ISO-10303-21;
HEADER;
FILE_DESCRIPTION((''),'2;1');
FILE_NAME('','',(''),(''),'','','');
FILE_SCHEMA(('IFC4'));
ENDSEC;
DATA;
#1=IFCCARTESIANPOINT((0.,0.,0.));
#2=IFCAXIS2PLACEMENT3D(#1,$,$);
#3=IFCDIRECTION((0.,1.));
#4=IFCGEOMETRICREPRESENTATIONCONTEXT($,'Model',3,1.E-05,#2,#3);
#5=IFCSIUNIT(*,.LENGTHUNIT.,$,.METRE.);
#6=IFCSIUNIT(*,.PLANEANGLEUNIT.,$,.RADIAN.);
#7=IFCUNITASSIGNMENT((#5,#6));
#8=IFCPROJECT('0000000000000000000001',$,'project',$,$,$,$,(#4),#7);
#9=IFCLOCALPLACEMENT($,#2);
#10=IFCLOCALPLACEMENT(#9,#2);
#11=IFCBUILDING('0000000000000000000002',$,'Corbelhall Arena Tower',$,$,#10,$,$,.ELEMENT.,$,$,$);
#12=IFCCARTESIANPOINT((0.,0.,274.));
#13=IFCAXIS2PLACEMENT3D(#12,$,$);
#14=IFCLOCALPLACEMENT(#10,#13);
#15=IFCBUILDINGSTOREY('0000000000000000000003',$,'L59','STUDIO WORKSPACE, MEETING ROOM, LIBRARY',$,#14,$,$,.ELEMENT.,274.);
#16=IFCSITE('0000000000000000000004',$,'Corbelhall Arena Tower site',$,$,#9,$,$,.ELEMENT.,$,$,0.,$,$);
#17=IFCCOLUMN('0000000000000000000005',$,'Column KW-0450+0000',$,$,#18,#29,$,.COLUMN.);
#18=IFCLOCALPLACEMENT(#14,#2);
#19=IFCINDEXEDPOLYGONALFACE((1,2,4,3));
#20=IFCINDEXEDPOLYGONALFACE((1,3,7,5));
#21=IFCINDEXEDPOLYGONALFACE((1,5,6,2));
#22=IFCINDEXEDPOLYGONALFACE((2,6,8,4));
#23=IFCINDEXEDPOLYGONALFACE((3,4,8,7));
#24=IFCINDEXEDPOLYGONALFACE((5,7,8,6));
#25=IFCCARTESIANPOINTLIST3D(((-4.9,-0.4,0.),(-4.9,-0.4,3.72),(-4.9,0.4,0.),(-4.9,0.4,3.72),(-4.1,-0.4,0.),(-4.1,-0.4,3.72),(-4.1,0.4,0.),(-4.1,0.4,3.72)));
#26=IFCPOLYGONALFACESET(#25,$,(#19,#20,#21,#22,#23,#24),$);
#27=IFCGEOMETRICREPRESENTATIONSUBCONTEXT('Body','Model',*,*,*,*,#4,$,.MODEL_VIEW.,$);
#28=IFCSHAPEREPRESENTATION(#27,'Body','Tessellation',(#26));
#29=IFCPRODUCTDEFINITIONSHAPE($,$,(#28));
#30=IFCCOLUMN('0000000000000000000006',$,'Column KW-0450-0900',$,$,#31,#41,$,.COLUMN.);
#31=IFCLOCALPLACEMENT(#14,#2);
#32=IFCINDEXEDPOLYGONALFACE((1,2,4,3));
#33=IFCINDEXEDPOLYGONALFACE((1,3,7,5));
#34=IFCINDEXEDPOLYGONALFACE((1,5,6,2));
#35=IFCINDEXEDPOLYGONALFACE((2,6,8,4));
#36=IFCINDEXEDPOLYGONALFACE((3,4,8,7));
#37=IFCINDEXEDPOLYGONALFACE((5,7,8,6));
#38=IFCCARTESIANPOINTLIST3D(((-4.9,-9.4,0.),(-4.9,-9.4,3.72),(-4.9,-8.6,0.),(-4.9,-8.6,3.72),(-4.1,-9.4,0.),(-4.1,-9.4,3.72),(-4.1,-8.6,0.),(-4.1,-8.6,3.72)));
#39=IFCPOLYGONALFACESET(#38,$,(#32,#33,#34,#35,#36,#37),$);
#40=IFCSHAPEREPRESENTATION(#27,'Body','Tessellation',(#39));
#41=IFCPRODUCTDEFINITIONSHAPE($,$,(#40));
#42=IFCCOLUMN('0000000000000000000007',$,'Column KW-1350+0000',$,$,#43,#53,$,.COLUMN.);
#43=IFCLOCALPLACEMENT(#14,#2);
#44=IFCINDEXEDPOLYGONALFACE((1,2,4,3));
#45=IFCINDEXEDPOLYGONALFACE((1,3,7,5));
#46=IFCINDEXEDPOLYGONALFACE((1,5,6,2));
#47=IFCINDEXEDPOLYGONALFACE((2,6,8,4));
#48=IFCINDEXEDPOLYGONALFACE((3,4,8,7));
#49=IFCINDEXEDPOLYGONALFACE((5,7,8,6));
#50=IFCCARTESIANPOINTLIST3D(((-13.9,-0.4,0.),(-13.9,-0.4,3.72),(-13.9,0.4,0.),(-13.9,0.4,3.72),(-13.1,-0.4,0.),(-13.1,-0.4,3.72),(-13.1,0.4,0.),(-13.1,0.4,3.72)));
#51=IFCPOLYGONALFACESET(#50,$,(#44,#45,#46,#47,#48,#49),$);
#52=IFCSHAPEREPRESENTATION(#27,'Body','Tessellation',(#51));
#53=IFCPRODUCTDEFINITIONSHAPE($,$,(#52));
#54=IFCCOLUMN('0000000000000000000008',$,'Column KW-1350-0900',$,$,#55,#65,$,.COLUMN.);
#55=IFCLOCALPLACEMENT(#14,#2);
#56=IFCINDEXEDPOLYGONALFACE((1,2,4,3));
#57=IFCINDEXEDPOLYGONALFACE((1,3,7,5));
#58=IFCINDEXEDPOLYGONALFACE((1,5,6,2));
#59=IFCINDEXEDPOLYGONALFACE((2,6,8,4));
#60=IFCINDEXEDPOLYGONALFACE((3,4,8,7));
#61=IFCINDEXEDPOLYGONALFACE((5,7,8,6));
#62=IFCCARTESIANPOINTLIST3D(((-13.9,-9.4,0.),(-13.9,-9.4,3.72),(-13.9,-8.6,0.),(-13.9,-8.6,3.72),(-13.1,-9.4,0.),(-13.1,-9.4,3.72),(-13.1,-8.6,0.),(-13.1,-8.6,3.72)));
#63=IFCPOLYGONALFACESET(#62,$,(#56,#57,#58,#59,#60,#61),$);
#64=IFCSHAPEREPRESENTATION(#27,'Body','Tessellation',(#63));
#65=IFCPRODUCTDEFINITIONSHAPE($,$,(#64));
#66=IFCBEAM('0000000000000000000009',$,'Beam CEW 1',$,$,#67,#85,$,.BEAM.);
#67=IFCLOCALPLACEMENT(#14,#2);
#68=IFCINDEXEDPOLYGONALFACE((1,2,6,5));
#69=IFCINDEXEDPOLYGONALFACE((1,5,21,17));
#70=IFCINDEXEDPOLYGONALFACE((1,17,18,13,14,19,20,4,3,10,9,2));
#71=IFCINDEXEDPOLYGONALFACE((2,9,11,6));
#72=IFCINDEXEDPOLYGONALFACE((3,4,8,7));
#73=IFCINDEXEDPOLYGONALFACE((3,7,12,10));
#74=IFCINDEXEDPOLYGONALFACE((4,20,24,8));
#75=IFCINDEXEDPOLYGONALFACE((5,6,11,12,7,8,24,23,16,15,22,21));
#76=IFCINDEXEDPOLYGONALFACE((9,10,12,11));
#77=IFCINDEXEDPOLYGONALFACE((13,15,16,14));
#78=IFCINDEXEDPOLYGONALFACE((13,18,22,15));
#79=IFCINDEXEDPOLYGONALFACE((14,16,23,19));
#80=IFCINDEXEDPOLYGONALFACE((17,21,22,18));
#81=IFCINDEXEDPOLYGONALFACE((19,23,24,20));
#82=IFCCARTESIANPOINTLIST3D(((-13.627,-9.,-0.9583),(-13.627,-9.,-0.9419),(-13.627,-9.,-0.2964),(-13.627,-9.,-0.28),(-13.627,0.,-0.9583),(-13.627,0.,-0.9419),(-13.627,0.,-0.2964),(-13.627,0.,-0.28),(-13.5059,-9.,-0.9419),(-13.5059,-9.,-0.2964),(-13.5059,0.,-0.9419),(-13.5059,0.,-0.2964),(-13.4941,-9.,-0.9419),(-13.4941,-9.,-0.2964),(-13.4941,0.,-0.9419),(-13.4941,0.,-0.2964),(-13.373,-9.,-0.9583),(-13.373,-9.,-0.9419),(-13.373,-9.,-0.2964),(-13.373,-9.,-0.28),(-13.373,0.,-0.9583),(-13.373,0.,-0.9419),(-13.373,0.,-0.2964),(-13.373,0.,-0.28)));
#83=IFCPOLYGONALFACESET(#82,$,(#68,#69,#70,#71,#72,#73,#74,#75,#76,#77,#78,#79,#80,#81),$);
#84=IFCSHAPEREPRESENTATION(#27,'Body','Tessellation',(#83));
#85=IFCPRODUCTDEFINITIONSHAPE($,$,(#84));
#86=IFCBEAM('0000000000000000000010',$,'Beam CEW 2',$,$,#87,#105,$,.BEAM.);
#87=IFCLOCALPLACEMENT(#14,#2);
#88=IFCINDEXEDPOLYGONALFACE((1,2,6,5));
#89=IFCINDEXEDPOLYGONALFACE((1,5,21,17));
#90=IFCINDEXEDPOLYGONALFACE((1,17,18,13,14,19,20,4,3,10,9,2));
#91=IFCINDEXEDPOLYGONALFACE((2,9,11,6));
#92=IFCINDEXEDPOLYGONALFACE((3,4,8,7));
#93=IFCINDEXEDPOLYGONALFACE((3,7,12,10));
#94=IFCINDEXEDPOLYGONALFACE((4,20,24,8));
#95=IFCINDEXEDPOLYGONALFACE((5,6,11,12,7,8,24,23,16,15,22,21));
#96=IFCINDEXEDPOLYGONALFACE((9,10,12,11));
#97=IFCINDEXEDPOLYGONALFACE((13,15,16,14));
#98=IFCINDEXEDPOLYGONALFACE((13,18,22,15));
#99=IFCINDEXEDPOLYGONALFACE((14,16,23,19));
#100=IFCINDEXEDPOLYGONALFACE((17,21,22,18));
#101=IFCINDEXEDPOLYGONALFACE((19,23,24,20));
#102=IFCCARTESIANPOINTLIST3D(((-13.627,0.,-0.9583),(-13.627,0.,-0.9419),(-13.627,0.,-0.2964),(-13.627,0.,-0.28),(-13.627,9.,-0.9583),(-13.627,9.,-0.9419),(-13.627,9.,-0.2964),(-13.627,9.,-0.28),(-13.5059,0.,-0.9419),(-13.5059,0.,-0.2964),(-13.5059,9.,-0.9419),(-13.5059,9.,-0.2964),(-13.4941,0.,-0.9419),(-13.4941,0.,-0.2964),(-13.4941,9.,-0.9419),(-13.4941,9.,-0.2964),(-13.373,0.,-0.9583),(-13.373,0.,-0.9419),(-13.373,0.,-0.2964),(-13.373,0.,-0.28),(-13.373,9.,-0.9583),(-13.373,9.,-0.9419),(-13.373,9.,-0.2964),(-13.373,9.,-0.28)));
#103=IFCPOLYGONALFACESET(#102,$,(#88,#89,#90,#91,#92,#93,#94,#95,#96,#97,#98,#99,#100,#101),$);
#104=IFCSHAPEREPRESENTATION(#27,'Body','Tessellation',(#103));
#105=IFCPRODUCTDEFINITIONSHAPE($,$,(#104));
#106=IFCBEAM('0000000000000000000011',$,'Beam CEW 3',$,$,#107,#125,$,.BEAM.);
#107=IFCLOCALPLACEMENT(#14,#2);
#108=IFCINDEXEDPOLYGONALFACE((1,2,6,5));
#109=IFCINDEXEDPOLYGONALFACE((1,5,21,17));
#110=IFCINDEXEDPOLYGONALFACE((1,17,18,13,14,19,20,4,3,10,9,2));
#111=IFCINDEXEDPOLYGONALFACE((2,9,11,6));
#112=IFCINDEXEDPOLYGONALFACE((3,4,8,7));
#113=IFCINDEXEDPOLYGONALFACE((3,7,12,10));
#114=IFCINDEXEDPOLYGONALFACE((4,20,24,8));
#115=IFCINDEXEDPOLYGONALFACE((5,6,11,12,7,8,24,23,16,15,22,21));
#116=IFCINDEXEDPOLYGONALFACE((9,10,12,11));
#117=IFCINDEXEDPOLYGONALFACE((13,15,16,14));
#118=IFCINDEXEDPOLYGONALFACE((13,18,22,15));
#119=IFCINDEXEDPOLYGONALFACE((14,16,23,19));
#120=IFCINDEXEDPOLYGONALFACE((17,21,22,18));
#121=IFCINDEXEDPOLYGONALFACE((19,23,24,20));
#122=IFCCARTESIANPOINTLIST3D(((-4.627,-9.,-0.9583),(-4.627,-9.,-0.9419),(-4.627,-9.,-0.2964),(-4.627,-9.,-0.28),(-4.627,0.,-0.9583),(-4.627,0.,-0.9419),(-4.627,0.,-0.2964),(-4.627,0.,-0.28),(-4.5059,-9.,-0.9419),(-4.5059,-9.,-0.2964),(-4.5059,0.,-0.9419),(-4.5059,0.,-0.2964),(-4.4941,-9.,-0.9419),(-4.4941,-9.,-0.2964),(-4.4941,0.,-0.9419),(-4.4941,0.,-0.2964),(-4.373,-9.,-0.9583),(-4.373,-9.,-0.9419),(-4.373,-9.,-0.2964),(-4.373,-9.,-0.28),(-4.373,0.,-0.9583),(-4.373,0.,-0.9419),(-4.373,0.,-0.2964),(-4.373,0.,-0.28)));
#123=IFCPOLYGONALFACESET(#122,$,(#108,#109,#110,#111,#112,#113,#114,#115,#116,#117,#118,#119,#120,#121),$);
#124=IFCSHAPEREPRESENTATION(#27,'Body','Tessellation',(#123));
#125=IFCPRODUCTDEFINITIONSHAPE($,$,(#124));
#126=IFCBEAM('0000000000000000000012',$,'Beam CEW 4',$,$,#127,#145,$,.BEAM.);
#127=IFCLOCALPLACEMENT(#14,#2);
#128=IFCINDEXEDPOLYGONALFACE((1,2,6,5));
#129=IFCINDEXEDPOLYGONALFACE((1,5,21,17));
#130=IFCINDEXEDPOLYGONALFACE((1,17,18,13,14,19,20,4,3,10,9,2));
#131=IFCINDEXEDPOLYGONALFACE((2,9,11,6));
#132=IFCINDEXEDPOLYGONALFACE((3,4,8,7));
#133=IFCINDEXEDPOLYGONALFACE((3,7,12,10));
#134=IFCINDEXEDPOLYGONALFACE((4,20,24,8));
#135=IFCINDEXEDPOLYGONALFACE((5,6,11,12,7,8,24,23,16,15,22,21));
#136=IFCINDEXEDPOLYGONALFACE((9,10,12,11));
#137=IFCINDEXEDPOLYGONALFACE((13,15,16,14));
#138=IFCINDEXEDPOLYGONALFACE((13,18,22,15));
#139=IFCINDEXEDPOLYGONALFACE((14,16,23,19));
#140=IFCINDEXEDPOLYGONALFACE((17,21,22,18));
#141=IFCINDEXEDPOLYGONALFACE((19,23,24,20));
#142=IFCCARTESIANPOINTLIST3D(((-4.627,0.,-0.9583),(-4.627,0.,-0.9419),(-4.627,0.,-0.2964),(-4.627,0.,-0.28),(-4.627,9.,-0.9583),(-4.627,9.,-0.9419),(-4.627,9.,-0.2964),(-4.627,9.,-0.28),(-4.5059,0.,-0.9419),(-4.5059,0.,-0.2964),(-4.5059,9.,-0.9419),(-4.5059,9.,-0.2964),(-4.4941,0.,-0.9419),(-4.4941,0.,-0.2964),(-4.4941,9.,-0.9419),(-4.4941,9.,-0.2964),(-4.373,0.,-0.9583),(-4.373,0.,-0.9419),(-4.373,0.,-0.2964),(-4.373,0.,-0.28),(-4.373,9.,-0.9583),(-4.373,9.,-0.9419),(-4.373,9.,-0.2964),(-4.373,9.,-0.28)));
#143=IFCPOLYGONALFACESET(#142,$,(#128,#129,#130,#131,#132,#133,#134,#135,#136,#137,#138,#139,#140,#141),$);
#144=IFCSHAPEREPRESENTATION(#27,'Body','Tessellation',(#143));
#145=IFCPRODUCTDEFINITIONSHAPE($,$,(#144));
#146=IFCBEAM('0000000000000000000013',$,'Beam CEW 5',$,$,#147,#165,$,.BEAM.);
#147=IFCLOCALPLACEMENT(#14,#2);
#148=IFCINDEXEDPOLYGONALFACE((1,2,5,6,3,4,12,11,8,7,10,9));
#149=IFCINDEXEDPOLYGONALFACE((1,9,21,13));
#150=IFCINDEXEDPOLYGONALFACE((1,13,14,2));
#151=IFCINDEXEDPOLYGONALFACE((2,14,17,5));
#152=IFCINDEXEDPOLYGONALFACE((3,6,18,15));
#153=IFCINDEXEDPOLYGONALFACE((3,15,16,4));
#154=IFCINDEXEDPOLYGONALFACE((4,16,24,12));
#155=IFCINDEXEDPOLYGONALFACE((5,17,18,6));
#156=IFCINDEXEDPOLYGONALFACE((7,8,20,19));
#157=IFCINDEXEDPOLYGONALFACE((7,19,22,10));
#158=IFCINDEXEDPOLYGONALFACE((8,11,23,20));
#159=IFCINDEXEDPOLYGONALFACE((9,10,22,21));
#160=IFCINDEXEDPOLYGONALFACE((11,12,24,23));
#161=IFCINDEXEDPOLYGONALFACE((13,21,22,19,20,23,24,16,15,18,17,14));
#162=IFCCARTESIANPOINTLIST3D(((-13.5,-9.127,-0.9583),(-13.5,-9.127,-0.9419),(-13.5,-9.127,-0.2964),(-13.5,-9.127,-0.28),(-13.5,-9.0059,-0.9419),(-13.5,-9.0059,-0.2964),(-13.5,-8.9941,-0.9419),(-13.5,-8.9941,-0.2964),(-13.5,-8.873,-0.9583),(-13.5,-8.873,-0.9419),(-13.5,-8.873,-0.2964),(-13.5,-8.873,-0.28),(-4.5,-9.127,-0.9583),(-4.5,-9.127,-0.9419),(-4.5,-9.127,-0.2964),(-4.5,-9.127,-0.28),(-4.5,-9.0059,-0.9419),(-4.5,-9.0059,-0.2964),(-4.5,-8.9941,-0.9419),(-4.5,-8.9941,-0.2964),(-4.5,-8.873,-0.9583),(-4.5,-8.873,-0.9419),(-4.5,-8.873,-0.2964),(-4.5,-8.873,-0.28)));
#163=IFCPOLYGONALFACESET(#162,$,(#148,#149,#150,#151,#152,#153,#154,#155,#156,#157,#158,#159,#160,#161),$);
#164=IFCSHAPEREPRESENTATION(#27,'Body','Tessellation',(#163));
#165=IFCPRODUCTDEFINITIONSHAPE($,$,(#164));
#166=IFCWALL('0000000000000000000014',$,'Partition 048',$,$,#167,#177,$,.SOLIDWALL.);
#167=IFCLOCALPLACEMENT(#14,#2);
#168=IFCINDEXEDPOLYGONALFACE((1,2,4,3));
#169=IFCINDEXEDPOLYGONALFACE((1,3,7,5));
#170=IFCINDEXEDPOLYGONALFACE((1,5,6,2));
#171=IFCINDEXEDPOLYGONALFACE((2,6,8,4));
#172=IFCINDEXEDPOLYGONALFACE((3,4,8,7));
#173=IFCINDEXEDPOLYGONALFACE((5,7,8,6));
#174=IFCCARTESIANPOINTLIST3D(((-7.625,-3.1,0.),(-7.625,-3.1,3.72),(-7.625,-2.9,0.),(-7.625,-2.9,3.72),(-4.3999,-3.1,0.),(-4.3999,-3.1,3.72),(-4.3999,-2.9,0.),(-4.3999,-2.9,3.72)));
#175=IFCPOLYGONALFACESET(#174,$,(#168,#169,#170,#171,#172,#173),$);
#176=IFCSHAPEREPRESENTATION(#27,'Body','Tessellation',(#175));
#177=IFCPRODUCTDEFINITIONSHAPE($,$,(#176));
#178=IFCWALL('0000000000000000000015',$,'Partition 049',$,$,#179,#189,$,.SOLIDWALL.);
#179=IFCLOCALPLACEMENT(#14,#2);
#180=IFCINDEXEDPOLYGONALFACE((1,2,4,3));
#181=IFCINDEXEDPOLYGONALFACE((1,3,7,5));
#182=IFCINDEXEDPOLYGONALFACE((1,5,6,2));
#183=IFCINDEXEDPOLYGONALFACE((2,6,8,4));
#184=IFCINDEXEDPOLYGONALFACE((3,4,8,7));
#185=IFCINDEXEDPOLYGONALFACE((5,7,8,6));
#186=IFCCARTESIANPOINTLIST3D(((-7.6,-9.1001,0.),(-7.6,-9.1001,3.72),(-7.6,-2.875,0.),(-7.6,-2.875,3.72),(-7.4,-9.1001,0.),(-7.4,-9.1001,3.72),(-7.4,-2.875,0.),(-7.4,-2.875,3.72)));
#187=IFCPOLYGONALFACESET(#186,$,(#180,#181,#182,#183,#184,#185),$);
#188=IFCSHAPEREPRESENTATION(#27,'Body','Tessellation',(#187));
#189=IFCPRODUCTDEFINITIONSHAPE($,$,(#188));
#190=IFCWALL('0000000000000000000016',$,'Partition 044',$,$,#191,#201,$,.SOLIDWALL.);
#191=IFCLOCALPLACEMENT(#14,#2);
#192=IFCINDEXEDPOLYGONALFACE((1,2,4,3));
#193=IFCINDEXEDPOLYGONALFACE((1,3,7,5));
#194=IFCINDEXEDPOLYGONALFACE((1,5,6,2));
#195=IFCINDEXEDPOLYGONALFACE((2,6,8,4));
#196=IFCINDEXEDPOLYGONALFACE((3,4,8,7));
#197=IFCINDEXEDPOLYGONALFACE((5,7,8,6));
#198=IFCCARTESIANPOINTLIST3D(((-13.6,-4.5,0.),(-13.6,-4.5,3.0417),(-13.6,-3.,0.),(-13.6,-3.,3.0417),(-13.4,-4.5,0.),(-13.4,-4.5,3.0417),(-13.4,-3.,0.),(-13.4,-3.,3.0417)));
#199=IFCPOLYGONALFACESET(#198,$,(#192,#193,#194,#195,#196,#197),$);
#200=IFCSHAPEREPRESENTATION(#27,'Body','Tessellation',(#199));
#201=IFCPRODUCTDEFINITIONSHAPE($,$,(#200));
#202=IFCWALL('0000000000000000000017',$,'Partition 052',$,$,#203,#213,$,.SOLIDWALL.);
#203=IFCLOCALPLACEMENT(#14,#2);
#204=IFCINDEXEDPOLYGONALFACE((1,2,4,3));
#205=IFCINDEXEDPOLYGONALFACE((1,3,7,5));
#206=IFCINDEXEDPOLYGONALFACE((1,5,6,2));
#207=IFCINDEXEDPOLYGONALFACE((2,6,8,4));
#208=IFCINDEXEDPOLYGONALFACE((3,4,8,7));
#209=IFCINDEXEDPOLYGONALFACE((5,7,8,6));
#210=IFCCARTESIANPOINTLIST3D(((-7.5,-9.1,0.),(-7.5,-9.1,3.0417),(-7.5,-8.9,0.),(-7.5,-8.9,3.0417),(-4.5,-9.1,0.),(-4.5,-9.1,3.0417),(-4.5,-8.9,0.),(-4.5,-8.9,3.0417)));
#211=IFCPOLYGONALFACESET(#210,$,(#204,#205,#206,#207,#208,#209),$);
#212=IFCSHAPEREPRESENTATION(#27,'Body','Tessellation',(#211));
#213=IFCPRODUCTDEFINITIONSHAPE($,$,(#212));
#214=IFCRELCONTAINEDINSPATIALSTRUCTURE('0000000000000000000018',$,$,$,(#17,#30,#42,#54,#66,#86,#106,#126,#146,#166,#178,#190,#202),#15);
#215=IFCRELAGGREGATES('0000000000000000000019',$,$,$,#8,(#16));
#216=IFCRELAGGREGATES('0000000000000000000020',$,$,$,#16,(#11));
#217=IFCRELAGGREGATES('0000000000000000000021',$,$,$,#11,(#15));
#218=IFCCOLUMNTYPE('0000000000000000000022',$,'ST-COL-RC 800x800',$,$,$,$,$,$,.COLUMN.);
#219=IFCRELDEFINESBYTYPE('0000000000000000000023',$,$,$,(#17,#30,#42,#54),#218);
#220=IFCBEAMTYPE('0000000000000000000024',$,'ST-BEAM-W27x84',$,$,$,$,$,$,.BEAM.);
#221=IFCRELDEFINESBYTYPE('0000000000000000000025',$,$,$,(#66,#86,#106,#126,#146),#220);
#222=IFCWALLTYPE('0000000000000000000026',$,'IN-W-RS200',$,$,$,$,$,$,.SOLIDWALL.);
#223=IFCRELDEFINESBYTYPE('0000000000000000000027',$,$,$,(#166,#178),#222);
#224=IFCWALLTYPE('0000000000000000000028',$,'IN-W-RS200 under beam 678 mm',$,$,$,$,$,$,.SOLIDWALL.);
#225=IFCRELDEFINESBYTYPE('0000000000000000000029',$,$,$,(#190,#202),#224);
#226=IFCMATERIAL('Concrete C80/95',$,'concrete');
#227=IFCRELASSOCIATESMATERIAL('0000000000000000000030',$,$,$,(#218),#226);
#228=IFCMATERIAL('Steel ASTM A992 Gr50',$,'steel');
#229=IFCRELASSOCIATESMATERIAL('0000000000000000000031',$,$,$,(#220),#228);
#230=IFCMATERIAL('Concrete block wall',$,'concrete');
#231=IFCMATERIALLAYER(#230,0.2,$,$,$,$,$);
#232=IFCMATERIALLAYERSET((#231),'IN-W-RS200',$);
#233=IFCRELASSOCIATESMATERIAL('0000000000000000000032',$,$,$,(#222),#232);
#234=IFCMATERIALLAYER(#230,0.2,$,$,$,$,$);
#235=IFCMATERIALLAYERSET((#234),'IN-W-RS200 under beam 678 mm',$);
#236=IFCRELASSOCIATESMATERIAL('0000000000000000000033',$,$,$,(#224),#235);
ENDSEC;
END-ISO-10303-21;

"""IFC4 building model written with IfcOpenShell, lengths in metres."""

from ifc_helpers import new_model, si_unit, direction, frame, frame_2d, origin, origin_2d, place, context, subcontext, project, spatial, rectangle, i_section, extrude, material, layer, layer_set, material_profile, profile_set, type_object, element, save


model = new_model("IFC4")

# Units and contexts
model_context = context("Model", 3, precision=1e-05, world=origin(), true_north=direction((0.0, 1.0)))
body_context = subcontext(model_context, "Body", "Model", "MODEL_VIEW")
ifc_project = project(units=[si_unit("LENGTHUNIT", "METRE"), si_unit("PLANEANGLEUNIT", "RADIAN")], contexts=[model_context])

# Site, building, storey
site_placement = place(None, origin())
site = spatial("IfcSite", under=ifc_project, at=site_placement, Name="Corbelhall Arena Tower site", CompositionType="ELEMENT", RefElevation=0.0)
building_placement = place(site_placement, origin())
building = spatial("IfcBuilding", under=site, at=building_placement, Name="Corbelhall Arena Tower", CompositionType="ELEMENT")
storey_placement = place(building_placement, frame((0.0, 0.0, 274.0)))
storey = spatial("IfcBuildingStorey", under=building, at=storey_placement, Name="L59", Description="STUDIO WORKSPACE, MEETING ROOM, LIBRARY", CompositionType="ELEMENT", Elevation=274.0)

# Columns
ifc_material_1 = material(Name="Concrete C80/95", Category="concrete")
ifc_material_profile_1 = material_profile(ifc_material_1, rectangle(XDim=0.8, YDim=0.8, at=origin_2d()))
ifc_profile_set_1 = profile_set([ifc_material_profile_1], Name="Concrete C80/95")
column_type = type_object("IfcColumnType", Name="ST-COL-RC 800x800", PredefinedType="COLUMN", material=ifc_profile_set_1)
for number, where, z_axis, x_axis, name in (
    (1, (-4.5, 0.0, 0.0), (0.0, 0.0, 1.0), (1.0, 0.0, 0.0), "Column KW-0450+0000"),
    (2, (-4.5, -9.0, 0.0), (0.0, 0.0, 1.0), (1.0, 0.0, 0.0), "Column KW-0450-0900"),
    (3, (-13.5, 0.0, 0.0), (0.0, 0.0, 1.0), (1.0, 0.0, 0.0), "Column KW-1350+0000"),
    (4, (-13.5, -9.0, 0.0), (0.0, 0.0, 1.0), (1.0, 0.0, 0.0), "Column KW-1350-0900"),
):
    element("IfcColumn", number, at=place(storey_placement, frame(where, z_axis=z_axis, x_axis=x_axis)), inside=storey, type_object=column_type, Name=name, PredefinedType="COLUMN", context=body_context, shape_type="SweptSolid", body=[
        extrude(rectangle(XDim=0.8, YDim=0.8, at=origin_2d()), origin(), (0.0, 0.0, 1.0), 3.72),
    ])

# Beams
ifc_material_2 = material(Name="Steel ASTM A992 Gr50", Category="steel")
ifc_material_profile_2 = material_profile(ifc_material_2, i_section(OverallWidth=0.2539, OverallDepth=0.6782, WebThickness=0.0117, FlangeThickness=0.0164, at=origin_2d()))
ifc_profile_set_2 = profile_set([ifc_material_profile_2], Name="Steel ASTM A992 Gr50")
beam_type = type_object("IfcBeamType", Name="ST-BEAM-W27x84", PredefinedType="BEAM", material=ifc_profile_set_2)
for number, where, z_axis, x_axis, name in (
    (5, (-13.5, -9.0, -0.6191), (0.0, 1.0, 0.0), (-1.0, 0.0, 0.0), "Beam CEW 1"),
    (6, (-13.5, 0.0, -0.6191), (0.0, 1.0, 0.0), (-1.0, 0.0, 0.0), "Beam CEW 2"),
    (7, (-4.5, -9.0, -0.6191), (0.0, 1.0, 0.0), (-1.0, 0.0, 0.0), "Beam CEW 3"),
    (8, (-4.5, 0.0, -0.6191), (0.0, 1.0, 0.0), (-1.0, 0.0, 0.0), "Beam CEW 4"),
    (9, (-13.5, -9.0, -0.6191), (1.0, 0.0, 0.0), (0.0, 1.0, 0.0), "Beam CEW 5"),
):
    element("IfcBeam", number, at=place(storey_placement, frame(where, z_axis=z_axis, x_axis=x_axis)), inside=storey, type_object=beam_type, Name=name, PredefinedType="BEAM", context=body_context, shape_type="SweptSolid", body=[
        extrude(i_section(OverallWidth=0.2539, OverallDepth=0.6782, WebThickness=0.0117, FlangeThickness=0.0164, at=origin_2d()), origin(), (0.0, 0.0, 1.0), 9.0),
    ])

# Shared definitions
ifc_material_3 = material(Name="Concrete block wall", Category="concrete")
ifc_layer_1 = layer(ifc_material_3, 0.2)
ifc_layer_set_1 = layer_set([ifc_layer_1], Name="IN-W-RS200")
wall_type_1 = type_object("IfcWallType", Name="IN-W-RS200", PredefinedType="SOLIDWALL", material=ifc_layer_set_1)

# Walls
wall_1_placement = place(storey_placement, frame((-7.625, -3.0, 0.0), z_axis=(0.0, 0.0, 1.0), x_axis=(1.0, 0.0, 0.0)))
element("IfcWall", 10, at=wall_1_placement, inside=storey, type_object=wall_type_1, Name="Partition 048", PredefinedType="SOLIDWALL", context=body_context, shape_type="SweptSolid", body=[
    extrude(rectangle(XDim=3.2251, YDim=0.2, at=frame_2d((1.6125, 0.0))), origin(), (0.0, 0.0, 1.0), 3.72),
])
wall_2_placement = place(storey_placement, frame((-7.5, -9.1001, 0.0), z_axis=(0.0, 0.0, 1.0), x_axis=(0.0, 1.0, 0.0)))
element("IfcWall", 11, at=wall_2_placement, inside=storey, type_object=wall_type_1, Name="Partition 049", PredefinedType="SOLIDWALL", context=body_context, shape_type="SweptSolid", body=[
    extrude(rectangle(XDim=6.2251, YDim=0.2, at=frame_2d((3.1125, 0.0))), origin(), (0.0, 0.0, 1.0), 3.72),
])
ifc_layer_2 = layer(ifc_material_3, 0.2)
ifc_layer_set_2 = layer_set([ifc_layer_2], Name="IN-W-RS200 under beam 678 mm")
wall_type_2 = type_object("IfcWallType", Name="IN-W-RS200 under beam 678 mm", PredefinedType="SOLIDWALL", material=ifc_layer_set_2)
wall_3_placement = place(storey_placement, frame((-13.5, -4.5, 0.0), z_axis=(0.0, 0.0, 1.0), x_axis=(0.0, 1.0, 0.0)))
element("IfcWall", 12, at=wall_3_placement, inside=storey, type_object=wall_type_2, Name="Partition 044", PredefinedType="SOLIDWALL", context=body_context, shape_type="SweptSolid", body=[
    extrude(rectangle(XDim=1.5, YDim=0.2, at=frame_2d((0.75, 0.0))), origin(), (0.0, 0.0, 1.0), 3.0417),
])
wall_4_placement = place(storey_placement, frame((-4.5, -9.0, 0.0), z_axis=(0.0, 0.0, 1.0), x_axis=(-1.0, 0.0, 0.0)))
element("IfcWall", 13, at=wall_4_placement, inside=storey, type_object=wall_type_2, Name="Partition 052", PredefinedType="SOLIDWALL", context=body_context, shape_type="SweptSolid", body=[
    extrude(rectangle(XDim=3.0, YDim=0.2, at=frame_2d((1.5, 0.0))), origin(), (0.0, 0.0, 1.0), 3.0417),
])

save(model, "model.ifc")
